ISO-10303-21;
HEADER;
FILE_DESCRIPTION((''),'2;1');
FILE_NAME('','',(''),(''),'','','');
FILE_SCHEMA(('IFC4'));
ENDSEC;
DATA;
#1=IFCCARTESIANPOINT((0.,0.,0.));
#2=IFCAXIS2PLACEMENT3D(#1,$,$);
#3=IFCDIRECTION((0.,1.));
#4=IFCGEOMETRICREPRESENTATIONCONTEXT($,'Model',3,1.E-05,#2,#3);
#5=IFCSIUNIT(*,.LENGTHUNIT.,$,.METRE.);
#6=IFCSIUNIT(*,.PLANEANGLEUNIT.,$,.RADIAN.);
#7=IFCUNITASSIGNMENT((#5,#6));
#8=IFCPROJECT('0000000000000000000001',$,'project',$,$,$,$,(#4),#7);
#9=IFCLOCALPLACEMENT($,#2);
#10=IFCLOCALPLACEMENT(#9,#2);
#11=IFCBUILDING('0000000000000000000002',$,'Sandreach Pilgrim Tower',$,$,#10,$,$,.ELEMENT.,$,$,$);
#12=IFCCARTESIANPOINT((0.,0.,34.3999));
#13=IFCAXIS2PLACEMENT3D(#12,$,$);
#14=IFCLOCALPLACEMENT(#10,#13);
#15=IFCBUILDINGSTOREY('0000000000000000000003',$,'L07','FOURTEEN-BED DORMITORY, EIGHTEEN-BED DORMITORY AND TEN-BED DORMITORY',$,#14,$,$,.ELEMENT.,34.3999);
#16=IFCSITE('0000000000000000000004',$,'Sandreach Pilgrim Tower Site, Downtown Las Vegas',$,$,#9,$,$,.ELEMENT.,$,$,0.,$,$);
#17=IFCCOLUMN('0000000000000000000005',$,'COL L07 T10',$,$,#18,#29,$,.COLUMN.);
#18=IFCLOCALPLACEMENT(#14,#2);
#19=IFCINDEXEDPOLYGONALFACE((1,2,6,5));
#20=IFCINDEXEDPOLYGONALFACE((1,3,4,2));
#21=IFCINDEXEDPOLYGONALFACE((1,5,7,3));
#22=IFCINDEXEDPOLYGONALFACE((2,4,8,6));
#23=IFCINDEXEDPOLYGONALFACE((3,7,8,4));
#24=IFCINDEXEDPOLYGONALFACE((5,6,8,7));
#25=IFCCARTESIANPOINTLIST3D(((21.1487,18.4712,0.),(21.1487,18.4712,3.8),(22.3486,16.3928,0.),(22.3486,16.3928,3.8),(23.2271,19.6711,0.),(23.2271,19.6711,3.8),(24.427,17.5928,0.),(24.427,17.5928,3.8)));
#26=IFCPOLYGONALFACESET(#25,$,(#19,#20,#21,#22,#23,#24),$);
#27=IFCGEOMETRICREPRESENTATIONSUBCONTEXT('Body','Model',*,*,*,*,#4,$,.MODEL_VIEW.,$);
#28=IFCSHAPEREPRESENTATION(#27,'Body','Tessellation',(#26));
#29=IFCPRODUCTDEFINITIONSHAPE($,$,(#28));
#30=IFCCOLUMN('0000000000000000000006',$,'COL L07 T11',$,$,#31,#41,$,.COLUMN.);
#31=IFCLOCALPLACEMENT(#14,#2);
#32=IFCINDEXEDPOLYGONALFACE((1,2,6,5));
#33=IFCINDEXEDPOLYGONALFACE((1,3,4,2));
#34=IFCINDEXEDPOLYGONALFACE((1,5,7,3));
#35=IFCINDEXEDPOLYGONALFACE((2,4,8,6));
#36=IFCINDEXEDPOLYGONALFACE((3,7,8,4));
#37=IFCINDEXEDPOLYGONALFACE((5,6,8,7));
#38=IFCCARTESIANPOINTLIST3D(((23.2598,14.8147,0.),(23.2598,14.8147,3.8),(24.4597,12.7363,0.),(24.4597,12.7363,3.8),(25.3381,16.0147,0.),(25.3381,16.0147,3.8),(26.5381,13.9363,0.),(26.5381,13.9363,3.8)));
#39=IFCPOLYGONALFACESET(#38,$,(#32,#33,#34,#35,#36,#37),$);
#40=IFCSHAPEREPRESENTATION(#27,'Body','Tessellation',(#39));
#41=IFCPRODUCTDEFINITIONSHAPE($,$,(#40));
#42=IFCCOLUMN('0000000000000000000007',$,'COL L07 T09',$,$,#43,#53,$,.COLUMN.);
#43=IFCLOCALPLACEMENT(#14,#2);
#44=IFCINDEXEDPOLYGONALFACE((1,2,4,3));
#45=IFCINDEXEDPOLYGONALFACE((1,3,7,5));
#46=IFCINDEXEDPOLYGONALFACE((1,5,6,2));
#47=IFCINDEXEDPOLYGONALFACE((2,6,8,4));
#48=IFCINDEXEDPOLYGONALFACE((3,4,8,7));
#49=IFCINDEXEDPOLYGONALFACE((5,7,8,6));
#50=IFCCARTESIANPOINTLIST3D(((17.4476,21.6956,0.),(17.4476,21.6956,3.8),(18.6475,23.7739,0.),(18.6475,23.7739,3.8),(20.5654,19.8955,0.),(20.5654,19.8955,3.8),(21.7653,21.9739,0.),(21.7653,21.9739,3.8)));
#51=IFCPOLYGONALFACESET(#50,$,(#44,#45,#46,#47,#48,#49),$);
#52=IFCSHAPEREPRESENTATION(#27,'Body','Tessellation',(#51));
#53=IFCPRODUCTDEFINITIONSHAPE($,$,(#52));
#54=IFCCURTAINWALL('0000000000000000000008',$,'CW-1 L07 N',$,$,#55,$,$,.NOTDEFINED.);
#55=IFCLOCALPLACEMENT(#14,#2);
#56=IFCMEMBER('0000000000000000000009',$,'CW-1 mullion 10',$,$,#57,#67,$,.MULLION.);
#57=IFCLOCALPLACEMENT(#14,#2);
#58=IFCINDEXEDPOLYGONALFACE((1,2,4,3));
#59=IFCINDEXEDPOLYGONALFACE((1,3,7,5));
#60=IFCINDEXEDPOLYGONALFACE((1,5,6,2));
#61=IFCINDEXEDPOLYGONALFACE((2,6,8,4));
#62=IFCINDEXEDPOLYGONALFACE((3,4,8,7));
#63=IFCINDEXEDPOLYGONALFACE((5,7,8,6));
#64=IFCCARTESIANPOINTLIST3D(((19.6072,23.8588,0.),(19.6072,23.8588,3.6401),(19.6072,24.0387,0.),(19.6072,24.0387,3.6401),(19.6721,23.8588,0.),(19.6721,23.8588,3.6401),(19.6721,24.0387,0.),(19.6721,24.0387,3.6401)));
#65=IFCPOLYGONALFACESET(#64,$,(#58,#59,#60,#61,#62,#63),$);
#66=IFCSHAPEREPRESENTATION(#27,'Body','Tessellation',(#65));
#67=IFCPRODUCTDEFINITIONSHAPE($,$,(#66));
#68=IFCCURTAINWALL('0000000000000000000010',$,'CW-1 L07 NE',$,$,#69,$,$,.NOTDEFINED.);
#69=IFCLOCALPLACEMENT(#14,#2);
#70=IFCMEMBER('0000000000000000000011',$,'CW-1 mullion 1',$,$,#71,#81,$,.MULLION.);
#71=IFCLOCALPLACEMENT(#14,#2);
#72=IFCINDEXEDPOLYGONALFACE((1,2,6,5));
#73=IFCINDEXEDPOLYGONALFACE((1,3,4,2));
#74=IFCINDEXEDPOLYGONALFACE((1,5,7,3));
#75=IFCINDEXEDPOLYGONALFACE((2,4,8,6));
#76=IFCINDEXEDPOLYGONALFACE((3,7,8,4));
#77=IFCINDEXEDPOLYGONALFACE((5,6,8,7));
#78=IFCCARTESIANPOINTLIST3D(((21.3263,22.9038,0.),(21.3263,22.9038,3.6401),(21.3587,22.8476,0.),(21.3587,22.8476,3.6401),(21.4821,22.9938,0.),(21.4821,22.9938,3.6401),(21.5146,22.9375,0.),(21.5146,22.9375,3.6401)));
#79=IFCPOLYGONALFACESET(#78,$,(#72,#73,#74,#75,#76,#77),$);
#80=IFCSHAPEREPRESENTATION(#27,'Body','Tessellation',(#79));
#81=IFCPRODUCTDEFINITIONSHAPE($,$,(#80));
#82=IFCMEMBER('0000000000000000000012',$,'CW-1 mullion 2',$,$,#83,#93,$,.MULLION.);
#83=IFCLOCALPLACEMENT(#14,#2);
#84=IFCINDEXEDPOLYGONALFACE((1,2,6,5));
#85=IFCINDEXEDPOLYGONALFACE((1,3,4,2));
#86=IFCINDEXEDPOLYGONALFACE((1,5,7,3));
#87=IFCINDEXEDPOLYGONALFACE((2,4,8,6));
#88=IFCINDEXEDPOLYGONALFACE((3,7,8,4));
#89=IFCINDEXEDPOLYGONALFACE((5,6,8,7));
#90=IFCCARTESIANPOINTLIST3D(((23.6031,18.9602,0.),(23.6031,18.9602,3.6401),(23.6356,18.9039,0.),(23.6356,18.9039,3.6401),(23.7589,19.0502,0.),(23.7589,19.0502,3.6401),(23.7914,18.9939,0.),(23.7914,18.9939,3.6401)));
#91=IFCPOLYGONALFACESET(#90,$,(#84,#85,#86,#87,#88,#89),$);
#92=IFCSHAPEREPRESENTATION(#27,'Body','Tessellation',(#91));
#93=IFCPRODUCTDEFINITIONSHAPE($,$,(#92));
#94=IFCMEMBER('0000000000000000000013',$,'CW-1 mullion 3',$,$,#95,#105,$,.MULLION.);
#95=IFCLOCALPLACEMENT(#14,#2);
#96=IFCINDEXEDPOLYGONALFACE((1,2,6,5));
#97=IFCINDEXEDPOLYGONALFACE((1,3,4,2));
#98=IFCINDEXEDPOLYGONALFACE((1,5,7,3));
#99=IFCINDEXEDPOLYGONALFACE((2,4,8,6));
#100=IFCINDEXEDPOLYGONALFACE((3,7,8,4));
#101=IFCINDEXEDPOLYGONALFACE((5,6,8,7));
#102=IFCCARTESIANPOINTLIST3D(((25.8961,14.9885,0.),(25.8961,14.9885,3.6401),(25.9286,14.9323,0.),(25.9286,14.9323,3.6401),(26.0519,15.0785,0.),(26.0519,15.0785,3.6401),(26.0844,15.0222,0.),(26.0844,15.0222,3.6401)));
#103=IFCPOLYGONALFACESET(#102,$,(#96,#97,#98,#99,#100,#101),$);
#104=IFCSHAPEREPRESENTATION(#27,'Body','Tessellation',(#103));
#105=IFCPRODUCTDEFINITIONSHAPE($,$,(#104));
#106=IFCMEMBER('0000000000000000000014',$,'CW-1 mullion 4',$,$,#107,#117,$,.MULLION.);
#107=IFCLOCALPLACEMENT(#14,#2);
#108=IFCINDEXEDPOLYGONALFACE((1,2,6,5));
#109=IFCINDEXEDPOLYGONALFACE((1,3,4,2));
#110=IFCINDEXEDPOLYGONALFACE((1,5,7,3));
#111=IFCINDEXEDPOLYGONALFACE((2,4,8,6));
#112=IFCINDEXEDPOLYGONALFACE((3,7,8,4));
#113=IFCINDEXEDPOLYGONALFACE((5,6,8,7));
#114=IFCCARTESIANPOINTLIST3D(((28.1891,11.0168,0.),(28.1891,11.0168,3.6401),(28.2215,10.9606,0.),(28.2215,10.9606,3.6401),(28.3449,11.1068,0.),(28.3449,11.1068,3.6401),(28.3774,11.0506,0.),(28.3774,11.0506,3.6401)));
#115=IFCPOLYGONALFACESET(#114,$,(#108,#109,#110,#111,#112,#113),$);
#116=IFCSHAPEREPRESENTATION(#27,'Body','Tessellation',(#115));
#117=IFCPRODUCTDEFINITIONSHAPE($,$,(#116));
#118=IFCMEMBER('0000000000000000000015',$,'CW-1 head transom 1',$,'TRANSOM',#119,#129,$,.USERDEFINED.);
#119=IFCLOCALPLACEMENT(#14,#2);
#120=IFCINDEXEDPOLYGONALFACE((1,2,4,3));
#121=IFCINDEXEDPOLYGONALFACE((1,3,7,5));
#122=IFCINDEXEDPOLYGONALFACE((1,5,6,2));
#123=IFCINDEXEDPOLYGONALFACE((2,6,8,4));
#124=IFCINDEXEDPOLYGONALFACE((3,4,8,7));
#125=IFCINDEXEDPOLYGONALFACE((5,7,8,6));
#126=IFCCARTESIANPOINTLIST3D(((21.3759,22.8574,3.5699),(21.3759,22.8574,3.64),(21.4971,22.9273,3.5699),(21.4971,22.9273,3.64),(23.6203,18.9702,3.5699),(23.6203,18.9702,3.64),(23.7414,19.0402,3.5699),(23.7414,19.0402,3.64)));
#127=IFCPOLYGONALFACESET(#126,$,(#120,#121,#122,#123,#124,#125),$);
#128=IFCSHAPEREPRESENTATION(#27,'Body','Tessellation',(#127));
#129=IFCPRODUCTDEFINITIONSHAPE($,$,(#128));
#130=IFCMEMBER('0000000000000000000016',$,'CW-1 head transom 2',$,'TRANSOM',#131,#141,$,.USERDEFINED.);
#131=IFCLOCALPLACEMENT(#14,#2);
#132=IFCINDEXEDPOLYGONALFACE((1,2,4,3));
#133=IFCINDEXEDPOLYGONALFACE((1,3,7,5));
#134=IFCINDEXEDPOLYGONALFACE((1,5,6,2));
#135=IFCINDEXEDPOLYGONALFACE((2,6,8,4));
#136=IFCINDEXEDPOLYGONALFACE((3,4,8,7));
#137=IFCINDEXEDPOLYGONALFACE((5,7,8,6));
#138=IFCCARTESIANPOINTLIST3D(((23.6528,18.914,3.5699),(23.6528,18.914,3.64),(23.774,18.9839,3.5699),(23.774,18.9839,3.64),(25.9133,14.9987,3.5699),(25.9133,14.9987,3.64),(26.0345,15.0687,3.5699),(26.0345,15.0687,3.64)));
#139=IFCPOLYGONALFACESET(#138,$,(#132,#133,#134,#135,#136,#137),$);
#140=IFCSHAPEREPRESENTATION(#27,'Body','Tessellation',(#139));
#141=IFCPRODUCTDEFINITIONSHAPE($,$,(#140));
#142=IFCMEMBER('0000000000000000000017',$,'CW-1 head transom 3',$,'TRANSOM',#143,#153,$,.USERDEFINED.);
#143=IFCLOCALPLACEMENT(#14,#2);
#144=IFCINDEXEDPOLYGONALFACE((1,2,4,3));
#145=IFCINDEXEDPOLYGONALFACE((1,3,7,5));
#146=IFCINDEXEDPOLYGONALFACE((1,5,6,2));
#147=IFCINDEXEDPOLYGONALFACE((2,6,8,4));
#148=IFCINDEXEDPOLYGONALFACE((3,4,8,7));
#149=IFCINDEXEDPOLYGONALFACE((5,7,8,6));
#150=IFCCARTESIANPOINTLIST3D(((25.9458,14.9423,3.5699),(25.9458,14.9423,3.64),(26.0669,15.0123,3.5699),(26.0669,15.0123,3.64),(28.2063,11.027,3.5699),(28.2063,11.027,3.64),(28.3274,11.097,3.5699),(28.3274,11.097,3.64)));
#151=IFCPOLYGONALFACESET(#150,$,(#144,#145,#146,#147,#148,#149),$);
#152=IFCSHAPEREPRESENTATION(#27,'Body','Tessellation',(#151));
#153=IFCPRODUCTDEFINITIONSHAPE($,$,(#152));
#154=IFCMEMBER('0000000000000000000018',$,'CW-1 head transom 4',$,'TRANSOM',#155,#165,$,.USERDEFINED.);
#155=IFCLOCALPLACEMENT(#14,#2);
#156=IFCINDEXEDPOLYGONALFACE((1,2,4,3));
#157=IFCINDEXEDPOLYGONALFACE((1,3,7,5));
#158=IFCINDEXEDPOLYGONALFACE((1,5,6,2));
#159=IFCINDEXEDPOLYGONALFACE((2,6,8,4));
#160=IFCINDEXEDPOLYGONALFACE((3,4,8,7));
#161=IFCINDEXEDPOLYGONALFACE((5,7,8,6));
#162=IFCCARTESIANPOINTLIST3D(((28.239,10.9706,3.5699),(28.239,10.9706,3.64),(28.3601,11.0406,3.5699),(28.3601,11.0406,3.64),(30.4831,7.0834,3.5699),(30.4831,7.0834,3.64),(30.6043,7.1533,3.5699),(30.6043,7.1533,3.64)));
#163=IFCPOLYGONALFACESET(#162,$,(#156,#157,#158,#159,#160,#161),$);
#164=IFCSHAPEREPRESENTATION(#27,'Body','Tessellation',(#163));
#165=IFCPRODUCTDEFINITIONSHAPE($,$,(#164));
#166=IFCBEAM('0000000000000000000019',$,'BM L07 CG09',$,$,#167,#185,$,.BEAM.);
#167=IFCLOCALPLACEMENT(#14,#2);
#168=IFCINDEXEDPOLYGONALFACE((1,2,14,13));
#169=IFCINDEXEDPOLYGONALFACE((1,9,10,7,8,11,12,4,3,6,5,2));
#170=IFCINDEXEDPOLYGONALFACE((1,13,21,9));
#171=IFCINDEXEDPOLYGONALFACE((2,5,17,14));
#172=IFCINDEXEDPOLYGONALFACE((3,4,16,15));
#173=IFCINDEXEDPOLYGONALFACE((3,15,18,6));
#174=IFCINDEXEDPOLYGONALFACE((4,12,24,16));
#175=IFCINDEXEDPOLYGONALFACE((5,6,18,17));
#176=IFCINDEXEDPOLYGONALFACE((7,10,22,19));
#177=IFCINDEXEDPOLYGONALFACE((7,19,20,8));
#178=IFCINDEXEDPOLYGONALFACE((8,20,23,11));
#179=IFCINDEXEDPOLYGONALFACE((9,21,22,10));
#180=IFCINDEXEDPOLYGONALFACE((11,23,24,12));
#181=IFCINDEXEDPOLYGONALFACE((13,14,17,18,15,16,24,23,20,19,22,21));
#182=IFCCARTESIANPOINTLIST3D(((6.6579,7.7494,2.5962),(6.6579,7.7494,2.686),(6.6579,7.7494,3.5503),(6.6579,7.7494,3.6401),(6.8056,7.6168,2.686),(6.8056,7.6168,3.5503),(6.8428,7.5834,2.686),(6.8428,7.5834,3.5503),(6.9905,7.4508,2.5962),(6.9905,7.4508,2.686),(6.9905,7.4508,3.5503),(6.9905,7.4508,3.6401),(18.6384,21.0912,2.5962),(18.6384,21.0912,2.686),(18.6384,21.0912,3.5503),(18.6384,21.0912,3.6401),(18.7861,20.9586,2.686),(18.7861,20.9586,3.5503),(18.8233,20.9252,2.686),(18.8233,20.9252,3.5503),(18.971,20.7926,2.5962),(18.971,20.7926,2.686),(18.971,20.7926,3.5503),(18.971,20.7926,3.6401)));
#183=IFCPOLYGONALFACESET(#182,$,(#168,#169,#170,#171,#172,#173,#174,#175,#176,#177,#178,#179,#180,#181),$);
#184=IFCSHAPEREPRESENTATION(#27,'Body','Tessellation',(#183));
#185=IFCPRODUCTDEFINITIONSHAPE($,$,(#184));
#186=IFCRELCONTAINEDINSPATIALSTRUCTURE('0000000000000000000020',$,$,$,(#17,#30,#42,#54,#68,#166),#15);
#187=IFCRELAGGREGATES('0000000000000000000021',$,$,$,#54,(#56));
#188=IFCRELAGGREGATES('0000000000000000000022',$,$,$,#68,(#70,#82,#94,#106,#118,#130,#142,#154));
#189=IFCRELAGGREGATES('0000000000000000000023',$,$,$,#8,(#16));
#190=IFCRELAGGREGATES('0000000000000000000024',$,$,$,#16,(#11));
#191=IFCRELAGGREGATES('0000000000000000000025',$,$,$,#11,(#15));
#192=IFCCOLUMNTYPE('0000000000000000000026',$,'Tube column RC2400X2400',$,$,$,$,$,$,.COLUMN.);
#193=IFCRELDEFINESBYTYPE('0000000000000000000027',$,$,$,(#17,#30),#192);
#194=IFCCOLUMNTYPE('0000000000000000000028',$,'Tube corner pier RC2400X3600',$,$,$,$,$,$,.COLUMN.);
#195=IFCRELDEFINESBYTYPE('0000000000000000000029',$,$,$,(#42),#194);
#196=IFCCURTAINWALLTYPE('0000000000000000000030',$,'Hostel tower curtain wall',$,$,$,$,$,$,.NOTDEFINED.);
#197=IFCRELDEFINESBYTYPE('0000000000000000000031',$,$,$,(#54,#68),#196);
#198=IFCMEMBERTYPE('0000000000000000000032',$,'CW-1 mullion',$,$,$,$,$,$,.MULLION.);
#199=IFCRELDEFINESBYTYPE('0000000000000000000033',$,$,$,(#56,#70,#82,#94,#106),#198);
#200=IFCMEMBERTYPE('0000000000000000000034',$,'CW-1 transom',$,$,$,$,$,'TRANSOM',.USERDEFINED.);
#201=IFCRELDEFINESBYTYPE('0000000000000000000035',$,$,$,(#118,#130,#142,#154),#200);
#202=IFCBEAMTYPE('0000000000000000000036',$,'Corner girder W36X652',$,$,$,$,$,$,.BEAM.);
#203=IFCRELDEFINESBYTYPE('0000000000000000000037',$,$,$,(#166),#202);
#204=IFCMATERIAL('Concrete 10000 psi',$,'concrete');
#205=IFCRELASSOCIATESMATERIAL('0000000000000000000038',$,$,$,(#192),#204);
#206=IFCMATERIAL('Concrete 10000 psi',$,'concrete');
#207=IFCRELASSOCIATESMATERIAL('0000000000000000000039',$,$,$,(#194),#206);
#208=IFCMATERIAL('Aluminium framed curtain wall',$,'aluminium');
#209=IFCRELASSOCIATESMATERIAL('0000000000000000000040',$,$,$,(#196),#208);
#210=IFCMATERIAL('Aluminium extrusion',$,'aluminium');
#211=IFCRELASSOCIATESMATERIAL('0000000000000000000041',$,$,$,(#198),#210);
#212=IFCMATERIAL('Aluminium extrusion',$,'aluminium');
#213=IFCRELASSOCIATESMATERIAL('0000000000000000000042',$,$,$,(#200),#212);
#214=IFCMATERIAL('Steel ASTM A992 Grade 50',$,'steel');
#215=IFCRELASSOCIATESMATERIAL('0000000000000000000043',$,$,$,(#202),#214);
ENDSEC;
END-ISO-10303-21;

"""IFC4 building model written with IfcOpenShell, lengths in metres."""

from ifc_helpers import new_model, si_unit, direction, frame, origin, origin_2d, place, context, subcontext, project, spatial, rectangle, i_section, extrude, material, material_profile, profile_set, type_object, element, aggregate, save


model = new_model("IFC4")

# Units and contexts
model_context = context("Model", 3, precision=1e-05, world=origin(), true_north=direction((0.0, 1.0)))
body_context = subcontext(model_context, "Body", "Model", "MODEL_VIEW")
ifc_project = project(units=[si_unit("LENGTHUNIT", "METRE"), si_unit("PLANEANGLEUNIT", "RADIAN")], contexts=[model_context])

# Site, building, storey
site_placement = place(None, origin())
site = spatial("IfcSite", under=ifc_project, at=site_placement, Name="Sandreach Pilgrim Tower Site, Downtown Las Vegas", CompositionType="ELEMENT", RefElevation=0.0)
building_placement = place(site_placement, origin())
building = spatial("IfcBuilding", under=site, at=building_placement, Name="Sandreach Pilgrim Tower", CompositionType="ELEMENT")
storey_placement = place(building_placement, frame((0.0, 0.0, 34.3999)))
storey = spatial("IfcBuildingStorey", under=building, at=storey_placement, Name="L07", Description="FOURTEEN-BED DORMITORY, EIGHTEEN-BED DORMITORY AND TEN-BED DORMITORY", CompositionType="ELEMENT", Elevation=34.3999)

# Columns
ifc_material_1 = material(Name="Concrete 10000 psi", Category="concrete")
ifc_material_profile_1 = material_profile(ifc_material_1, rectangle(XDim=2.3999, YDim=2.3999, at=origin_2d()), Name="RC2400X2400")
ifc_profile_set_1 = profile_set([ifc_material_profile_1], Name="Concrete 10000 psi")
column_type_1 = type_object("IfcColumnType", Name="Tube column RC2400X2400", PredefinedType="COLUMN", material=ifc_profile_set_1)
for number, where, z_axis, x_axis, name in (
    (1, (22.7878, 18.032, 0.0), (0.0, 0.0, 1.0), (0.866025, 0.5, 0.0), "COL L07 T10"),
    (2, (24.8989, 14.3755, 0.0), (0.0, 0.0, 1.0), (0.866025, 0.5, 0.0), "COL L07 T11"),
):
    element("IfcColumn", number, at=place(storey_placement, frame(where, z_axis=z_axis, x_axis=x_axis)), inside=storey, type_object=column_type_1, Name=name, PredefinedType="COLUMN", context=body_context, shape_type="SweptSolid", body=[
        extrude(rectangle(XDim=2.3999, YDim=2.3999, at=origin_2d()), origin(), (0.0, 0.0, 1.0), 3.8),
    ])
ifc_material_2 = material(Name="Concrete 10000 psi", Category="concrete")
ifc_material_profile_2 = material_profile(ifc_material_2, rectangle(XDim=2.3999, YDim=3.6001, at=origin_2d()), Name="RC2400X3600")
ifc_profile_set_2 = profile_set([ifc_material_profile_2], Name="Concrete 10000 psi")
column_type_2 = type_object("IfcColumnType", Name="Tube corner pier RC2400X3600", PredefinedType="COLUMN", material=ifc_profile_set_2)
column_placement = place(storey_placement, frame((19.6064, 21.8347, 0.0), z_axis=(0.0, 0.0, 1.0), x_axis=(0.5, 0.866025, 0.0)))
element("IfcColumn", 3, at=column_placement, inside=storey, type_object=column_type_2, Name="COL L07 T09", PredefinedType="COLUMN", context=body_context, shape_type="SweptSolid", body=[
    extrude(rectangle(XDim=2.3999, YDim=3.6001, at=origin_2d()), origin(), (0.0, 0.0, 1.0), 3.8),
])

# Curtain wall, member
ifc_material_3 = material(Name="Aluminium framed curtain wall", Category="aluminium")
curtain_wall_type = type_object("IfcCurtainWallType", Name="Hostel tower curtain wall", PredefinedType="NOTDEFINED", material=ifc_material_3)
curtain_wall_1_placement = place(storey_placement, origin())
curtain_wall_1 = element("IfcCurtainWall", 4, at=curtain_wall_1_placement, inside=storey, type_object=curtain_wall_type, Name="CW-1 L07 N", PredefinedType="NOTDEFINED")
ifc_material_4 = material(Name="Aluminium extrusion", Category="aluminium")
ifc_material_profile_3 = material_profile(ifc_material_4, rectangle(XDim=0.0649, YDim=0.1799, at=origin_2d()), Name="CW-1M 65X180")
ifc_profile_set_3 = profile_set([ifc_material_profile_3], Name="Aluminium extrusion")
member_type_1 = type_object("IfcMemberType", Name="CW-1 mullion", PredefinedType="MULLION", material=ifc_profile_set_3)
member_1_placement = place(storey_placement, frame((19.6396, 23.9487, 0.0), z_axis=(0.0, 0.0, 1.0), x_axis=(1.0, 0.0, 0.0)))
member_1 = element("IfcMember", 5, at=member_1_placement, type_object=member_type_1, Name="CW-1 mullion 10", PredefinedType="MULLION", context=body_context, shape_type="SweptSolid", body=[
    extrude(rectangle(XDim=0.0649, YDim=0.1799, at=origin_2d()), origin(), (0.0, 0.0, 1.0), 3.6401),
])

# Curtain wall, members
curtain_wall_2_placement = place(storey_placement, origin())
curtain_wall_2 = element("IfcCurtainWall", 6, at=curtain_wall_2_placement, inside=storey, type_object=curtain_wall_type, Name="CW-1 L07 NE", PredefinedType="NOTDEFINED")
member_2_placement = place(storey_placement, frame((21.4204, 22.9207, 0.0), z_axis=(0.0, 0.0, 1.0), x_axis=(0.5, -0.866025, 0.0)))
member_2 = element("IfcMember", 7, at=member_2_placement, type_object=member_type_1, Name="CW-1 mullion 1", PredefinedType="MULLION", context=body_context, shape_type="SweptSolid", body=[
    extrude(rectangle(XDim=0.0649, YDim=0.1799, at=origin_2d()), origin(), (0.0, 0.0, 1.0), 3.6401),
])
member_3_placement = place(storey_placement, frame((23.6973, 18.9771, 0.0), z_axis=(0.0, 0.0, 1.0), x_axis=(0.5, -0.866025, 0.0)))
member_3 = element("IfcMember", 8, at=member_3_placement, type_object=member_type_1, Name="CW-1 mullion 2", PredefinedType="MULLION", context=body_context, shape_type="SweptSolid", body=[
    extrude(rectangle(XDim=0.0649, YDim=0.1799, at=origin_2d()), origin(), (0.0, 0.0, 1.0), 3.6401),
])
member_4_placement = place(storey_placement, frame((25.9902, 15.0054, 0.0), z_axis=(0.0, 0.0, 1.0), x_axis=(0.5, -0.866025, 0.0)))
member_4 = element("IfcMember", 9, at=member_4_placement, type_object=member_type_1, Name="CW-1 mullion 3", PredefinedType="MULLION", context=body_context, shape_type="SweptSolid", body=[
    extrude(rectangle(XDim=0.0649, YDim=0.1799, at=origin_2d()), origin(), (0.0, 0.0, 1.0), 3.6401),
])
member_5_placement = place(storey_placement, frame((28.2832, 11.0337, 0.0), z_axis=(0.0, 0.0, 1.0), x_axis=(0.5, -0.866025, 0.0)))
member_5 = element("IfcMember", 10, at=member_5_placement, type_object=member_type_1, Name="CW-1 mullion 4", PredefinedType="MULLION", context=body_context, shape_type="SweptSolid", body=[
    extrude(rectangle(XDim=0.0649, YDim=0.1799, at=origin_2d()), origin(), (0.0, 0.0, 1.0), 3.6401),
])
ifc_material_5 = material(Name="Aluminium extrusion", Category="aluminium")
ifc_material_profile_4 = material_profile(ifc_material_5, rectangle(XDim=0.1399, YDim=0.0701, at=origin_2d()), Name="CW-1T 140X70")
ifc_profile_set_4 = profile_set([ifc_material_profile_4], Name="Aluminium extrusion")
member_type_2 = type_object("IfcMemberType", Name="CW-1 transom", ElementType="TRANSOM", PredefinedType="USERDEFINED", material=ifc_profile_set_4)
member_6_placement = place(storey_placement, frame((21.4365, 22.8923, 3.605), z_axis=(0.500018, -0.866015, 0.0), x_axis=(0.866015, 0.500018, 0.0)))
member_6 = element("IfcMember", 11, at=member_6_placement, type_object=member_type_2, Name="CW-1 head transom 1", ObjectType="TRANSOM", PredefinedType="USERDEFINED", context=body_context, shape_type="SweptSolid", body=[
    extrude(rectangle(XDim=0.1399, YDim=0.0701, at=origin_2d()), origin(), (0.0, 0.0, 1.0), 4.4885),
])
member_7_placement = place(storey_placement, frame((23.7134, 18.949, 3.605), z_axis=(0.500001, -0.866025, 0.0), x_axis=(0.866025, 0.500001, 0.0)))
member_7 = element("IfcMember", 12, at=member_7_placement, type_object=member_type_2, Name="CW-1 head transom 2", ObjectType="TRANSOM", PredefinedType="USERDEFINED", context=body_context, shape_type="SweptSolid", body=[
    extrude(rectangle(XDim=0.1399, YDim=0.0701, at=origin_2d()), origin(), (0.0, 0.0, 1.0), 4.521),
])
member_8_placement = place(storey_placement, frame((26.0063, 14.9773, 3.605), z_axis=(0.500001, -0.866025, 0.0), x_axis=(0.866025, 0.500001, 0.0)))
member_8 = element("IfcMember", 13, at=member_8_placement, type_object=member_type_2, Name="CW-1 head transom 3", ObjectType="TRANSOM", PredefinedType="USERDEFINED", context=body_context, shape_type="SweptSolid", body=[
    extrude(rectangle(XDim=0.1399, YDim=0.0701, at=origin_2d()), origin(), (0.0, 0.0, 1.0), 4.521),
])
member_9_placement = place(storey_placement, frame((28.2996, 11.0056, 3.605), z_axis=(0.499977, -0.866039, 0.0), x_axis=(0.866039, 0.499977, 0.0)))
member_9 = element("IfcMember", 14, at=member_9_placement, type_object=member_type_2, Name="CW-1 head transom 4", ObjectType="TRANSOM", PredefinedType="USERDEFINED", context=body_context, shape_type="SweptSolid", body=[
    extrude(rectangle(XDim=0.1399, YDim=0.0701, at=origin_2d()), origin(), (0.0, 0.0, 1.0), 4.4885),
])

# Beam
ifc_material_6 = material(Name="Steel ASTM A992 Grade 50", Category="steel")
ifc_material_profile_5 = material_profile(ifc_material_6, i_section(OverallWidth=0.447, OverallDepth=1.0439, WebThickness=0.05, FlangeThickness=0.0898, at=origin_2d()), Name="W36X652")
ifc_profile_set_5 = profile_set([ifc_material_profile_5], Name="Steel ASTM A992 Grade 50")
beam_type_1 = type_object("IfcBeamType", Name="Corner girder W36X652", PredefinedType="BEAM", material=ifc_profile_set_5)
beam_1_placement = place(storey_placement, frame((18.8047, 20.9419, 3.1182), z_axis=(-0.668128, -0.744047, 0.0), x_axis=(0.744047, -0.668128, 0.0)))
element("IfcBeam", 15, at=beam_1_placement, inside=storey, type_object=beam_type_1, Name="BM L07 CG09", PredefinedType="BEAM", context=body_context, shape_type="SweptSolid", body=[
    extrude(i_section(OverallWidth=0.447, OverallDepth=1.0439, WebThickness=0.05, FlangeThickness=0.0898, at=origin_2d()), origin(), (0.0, 0.0, 1.0), 17.9314),
])

aggregate(curtain_wall_1, [member_1])
aggregate(curtain_wall_2, [member_2, member_3, member_4, member_5, member_6, member_7, member_8, member_9])

save(model, "model.ifc")
